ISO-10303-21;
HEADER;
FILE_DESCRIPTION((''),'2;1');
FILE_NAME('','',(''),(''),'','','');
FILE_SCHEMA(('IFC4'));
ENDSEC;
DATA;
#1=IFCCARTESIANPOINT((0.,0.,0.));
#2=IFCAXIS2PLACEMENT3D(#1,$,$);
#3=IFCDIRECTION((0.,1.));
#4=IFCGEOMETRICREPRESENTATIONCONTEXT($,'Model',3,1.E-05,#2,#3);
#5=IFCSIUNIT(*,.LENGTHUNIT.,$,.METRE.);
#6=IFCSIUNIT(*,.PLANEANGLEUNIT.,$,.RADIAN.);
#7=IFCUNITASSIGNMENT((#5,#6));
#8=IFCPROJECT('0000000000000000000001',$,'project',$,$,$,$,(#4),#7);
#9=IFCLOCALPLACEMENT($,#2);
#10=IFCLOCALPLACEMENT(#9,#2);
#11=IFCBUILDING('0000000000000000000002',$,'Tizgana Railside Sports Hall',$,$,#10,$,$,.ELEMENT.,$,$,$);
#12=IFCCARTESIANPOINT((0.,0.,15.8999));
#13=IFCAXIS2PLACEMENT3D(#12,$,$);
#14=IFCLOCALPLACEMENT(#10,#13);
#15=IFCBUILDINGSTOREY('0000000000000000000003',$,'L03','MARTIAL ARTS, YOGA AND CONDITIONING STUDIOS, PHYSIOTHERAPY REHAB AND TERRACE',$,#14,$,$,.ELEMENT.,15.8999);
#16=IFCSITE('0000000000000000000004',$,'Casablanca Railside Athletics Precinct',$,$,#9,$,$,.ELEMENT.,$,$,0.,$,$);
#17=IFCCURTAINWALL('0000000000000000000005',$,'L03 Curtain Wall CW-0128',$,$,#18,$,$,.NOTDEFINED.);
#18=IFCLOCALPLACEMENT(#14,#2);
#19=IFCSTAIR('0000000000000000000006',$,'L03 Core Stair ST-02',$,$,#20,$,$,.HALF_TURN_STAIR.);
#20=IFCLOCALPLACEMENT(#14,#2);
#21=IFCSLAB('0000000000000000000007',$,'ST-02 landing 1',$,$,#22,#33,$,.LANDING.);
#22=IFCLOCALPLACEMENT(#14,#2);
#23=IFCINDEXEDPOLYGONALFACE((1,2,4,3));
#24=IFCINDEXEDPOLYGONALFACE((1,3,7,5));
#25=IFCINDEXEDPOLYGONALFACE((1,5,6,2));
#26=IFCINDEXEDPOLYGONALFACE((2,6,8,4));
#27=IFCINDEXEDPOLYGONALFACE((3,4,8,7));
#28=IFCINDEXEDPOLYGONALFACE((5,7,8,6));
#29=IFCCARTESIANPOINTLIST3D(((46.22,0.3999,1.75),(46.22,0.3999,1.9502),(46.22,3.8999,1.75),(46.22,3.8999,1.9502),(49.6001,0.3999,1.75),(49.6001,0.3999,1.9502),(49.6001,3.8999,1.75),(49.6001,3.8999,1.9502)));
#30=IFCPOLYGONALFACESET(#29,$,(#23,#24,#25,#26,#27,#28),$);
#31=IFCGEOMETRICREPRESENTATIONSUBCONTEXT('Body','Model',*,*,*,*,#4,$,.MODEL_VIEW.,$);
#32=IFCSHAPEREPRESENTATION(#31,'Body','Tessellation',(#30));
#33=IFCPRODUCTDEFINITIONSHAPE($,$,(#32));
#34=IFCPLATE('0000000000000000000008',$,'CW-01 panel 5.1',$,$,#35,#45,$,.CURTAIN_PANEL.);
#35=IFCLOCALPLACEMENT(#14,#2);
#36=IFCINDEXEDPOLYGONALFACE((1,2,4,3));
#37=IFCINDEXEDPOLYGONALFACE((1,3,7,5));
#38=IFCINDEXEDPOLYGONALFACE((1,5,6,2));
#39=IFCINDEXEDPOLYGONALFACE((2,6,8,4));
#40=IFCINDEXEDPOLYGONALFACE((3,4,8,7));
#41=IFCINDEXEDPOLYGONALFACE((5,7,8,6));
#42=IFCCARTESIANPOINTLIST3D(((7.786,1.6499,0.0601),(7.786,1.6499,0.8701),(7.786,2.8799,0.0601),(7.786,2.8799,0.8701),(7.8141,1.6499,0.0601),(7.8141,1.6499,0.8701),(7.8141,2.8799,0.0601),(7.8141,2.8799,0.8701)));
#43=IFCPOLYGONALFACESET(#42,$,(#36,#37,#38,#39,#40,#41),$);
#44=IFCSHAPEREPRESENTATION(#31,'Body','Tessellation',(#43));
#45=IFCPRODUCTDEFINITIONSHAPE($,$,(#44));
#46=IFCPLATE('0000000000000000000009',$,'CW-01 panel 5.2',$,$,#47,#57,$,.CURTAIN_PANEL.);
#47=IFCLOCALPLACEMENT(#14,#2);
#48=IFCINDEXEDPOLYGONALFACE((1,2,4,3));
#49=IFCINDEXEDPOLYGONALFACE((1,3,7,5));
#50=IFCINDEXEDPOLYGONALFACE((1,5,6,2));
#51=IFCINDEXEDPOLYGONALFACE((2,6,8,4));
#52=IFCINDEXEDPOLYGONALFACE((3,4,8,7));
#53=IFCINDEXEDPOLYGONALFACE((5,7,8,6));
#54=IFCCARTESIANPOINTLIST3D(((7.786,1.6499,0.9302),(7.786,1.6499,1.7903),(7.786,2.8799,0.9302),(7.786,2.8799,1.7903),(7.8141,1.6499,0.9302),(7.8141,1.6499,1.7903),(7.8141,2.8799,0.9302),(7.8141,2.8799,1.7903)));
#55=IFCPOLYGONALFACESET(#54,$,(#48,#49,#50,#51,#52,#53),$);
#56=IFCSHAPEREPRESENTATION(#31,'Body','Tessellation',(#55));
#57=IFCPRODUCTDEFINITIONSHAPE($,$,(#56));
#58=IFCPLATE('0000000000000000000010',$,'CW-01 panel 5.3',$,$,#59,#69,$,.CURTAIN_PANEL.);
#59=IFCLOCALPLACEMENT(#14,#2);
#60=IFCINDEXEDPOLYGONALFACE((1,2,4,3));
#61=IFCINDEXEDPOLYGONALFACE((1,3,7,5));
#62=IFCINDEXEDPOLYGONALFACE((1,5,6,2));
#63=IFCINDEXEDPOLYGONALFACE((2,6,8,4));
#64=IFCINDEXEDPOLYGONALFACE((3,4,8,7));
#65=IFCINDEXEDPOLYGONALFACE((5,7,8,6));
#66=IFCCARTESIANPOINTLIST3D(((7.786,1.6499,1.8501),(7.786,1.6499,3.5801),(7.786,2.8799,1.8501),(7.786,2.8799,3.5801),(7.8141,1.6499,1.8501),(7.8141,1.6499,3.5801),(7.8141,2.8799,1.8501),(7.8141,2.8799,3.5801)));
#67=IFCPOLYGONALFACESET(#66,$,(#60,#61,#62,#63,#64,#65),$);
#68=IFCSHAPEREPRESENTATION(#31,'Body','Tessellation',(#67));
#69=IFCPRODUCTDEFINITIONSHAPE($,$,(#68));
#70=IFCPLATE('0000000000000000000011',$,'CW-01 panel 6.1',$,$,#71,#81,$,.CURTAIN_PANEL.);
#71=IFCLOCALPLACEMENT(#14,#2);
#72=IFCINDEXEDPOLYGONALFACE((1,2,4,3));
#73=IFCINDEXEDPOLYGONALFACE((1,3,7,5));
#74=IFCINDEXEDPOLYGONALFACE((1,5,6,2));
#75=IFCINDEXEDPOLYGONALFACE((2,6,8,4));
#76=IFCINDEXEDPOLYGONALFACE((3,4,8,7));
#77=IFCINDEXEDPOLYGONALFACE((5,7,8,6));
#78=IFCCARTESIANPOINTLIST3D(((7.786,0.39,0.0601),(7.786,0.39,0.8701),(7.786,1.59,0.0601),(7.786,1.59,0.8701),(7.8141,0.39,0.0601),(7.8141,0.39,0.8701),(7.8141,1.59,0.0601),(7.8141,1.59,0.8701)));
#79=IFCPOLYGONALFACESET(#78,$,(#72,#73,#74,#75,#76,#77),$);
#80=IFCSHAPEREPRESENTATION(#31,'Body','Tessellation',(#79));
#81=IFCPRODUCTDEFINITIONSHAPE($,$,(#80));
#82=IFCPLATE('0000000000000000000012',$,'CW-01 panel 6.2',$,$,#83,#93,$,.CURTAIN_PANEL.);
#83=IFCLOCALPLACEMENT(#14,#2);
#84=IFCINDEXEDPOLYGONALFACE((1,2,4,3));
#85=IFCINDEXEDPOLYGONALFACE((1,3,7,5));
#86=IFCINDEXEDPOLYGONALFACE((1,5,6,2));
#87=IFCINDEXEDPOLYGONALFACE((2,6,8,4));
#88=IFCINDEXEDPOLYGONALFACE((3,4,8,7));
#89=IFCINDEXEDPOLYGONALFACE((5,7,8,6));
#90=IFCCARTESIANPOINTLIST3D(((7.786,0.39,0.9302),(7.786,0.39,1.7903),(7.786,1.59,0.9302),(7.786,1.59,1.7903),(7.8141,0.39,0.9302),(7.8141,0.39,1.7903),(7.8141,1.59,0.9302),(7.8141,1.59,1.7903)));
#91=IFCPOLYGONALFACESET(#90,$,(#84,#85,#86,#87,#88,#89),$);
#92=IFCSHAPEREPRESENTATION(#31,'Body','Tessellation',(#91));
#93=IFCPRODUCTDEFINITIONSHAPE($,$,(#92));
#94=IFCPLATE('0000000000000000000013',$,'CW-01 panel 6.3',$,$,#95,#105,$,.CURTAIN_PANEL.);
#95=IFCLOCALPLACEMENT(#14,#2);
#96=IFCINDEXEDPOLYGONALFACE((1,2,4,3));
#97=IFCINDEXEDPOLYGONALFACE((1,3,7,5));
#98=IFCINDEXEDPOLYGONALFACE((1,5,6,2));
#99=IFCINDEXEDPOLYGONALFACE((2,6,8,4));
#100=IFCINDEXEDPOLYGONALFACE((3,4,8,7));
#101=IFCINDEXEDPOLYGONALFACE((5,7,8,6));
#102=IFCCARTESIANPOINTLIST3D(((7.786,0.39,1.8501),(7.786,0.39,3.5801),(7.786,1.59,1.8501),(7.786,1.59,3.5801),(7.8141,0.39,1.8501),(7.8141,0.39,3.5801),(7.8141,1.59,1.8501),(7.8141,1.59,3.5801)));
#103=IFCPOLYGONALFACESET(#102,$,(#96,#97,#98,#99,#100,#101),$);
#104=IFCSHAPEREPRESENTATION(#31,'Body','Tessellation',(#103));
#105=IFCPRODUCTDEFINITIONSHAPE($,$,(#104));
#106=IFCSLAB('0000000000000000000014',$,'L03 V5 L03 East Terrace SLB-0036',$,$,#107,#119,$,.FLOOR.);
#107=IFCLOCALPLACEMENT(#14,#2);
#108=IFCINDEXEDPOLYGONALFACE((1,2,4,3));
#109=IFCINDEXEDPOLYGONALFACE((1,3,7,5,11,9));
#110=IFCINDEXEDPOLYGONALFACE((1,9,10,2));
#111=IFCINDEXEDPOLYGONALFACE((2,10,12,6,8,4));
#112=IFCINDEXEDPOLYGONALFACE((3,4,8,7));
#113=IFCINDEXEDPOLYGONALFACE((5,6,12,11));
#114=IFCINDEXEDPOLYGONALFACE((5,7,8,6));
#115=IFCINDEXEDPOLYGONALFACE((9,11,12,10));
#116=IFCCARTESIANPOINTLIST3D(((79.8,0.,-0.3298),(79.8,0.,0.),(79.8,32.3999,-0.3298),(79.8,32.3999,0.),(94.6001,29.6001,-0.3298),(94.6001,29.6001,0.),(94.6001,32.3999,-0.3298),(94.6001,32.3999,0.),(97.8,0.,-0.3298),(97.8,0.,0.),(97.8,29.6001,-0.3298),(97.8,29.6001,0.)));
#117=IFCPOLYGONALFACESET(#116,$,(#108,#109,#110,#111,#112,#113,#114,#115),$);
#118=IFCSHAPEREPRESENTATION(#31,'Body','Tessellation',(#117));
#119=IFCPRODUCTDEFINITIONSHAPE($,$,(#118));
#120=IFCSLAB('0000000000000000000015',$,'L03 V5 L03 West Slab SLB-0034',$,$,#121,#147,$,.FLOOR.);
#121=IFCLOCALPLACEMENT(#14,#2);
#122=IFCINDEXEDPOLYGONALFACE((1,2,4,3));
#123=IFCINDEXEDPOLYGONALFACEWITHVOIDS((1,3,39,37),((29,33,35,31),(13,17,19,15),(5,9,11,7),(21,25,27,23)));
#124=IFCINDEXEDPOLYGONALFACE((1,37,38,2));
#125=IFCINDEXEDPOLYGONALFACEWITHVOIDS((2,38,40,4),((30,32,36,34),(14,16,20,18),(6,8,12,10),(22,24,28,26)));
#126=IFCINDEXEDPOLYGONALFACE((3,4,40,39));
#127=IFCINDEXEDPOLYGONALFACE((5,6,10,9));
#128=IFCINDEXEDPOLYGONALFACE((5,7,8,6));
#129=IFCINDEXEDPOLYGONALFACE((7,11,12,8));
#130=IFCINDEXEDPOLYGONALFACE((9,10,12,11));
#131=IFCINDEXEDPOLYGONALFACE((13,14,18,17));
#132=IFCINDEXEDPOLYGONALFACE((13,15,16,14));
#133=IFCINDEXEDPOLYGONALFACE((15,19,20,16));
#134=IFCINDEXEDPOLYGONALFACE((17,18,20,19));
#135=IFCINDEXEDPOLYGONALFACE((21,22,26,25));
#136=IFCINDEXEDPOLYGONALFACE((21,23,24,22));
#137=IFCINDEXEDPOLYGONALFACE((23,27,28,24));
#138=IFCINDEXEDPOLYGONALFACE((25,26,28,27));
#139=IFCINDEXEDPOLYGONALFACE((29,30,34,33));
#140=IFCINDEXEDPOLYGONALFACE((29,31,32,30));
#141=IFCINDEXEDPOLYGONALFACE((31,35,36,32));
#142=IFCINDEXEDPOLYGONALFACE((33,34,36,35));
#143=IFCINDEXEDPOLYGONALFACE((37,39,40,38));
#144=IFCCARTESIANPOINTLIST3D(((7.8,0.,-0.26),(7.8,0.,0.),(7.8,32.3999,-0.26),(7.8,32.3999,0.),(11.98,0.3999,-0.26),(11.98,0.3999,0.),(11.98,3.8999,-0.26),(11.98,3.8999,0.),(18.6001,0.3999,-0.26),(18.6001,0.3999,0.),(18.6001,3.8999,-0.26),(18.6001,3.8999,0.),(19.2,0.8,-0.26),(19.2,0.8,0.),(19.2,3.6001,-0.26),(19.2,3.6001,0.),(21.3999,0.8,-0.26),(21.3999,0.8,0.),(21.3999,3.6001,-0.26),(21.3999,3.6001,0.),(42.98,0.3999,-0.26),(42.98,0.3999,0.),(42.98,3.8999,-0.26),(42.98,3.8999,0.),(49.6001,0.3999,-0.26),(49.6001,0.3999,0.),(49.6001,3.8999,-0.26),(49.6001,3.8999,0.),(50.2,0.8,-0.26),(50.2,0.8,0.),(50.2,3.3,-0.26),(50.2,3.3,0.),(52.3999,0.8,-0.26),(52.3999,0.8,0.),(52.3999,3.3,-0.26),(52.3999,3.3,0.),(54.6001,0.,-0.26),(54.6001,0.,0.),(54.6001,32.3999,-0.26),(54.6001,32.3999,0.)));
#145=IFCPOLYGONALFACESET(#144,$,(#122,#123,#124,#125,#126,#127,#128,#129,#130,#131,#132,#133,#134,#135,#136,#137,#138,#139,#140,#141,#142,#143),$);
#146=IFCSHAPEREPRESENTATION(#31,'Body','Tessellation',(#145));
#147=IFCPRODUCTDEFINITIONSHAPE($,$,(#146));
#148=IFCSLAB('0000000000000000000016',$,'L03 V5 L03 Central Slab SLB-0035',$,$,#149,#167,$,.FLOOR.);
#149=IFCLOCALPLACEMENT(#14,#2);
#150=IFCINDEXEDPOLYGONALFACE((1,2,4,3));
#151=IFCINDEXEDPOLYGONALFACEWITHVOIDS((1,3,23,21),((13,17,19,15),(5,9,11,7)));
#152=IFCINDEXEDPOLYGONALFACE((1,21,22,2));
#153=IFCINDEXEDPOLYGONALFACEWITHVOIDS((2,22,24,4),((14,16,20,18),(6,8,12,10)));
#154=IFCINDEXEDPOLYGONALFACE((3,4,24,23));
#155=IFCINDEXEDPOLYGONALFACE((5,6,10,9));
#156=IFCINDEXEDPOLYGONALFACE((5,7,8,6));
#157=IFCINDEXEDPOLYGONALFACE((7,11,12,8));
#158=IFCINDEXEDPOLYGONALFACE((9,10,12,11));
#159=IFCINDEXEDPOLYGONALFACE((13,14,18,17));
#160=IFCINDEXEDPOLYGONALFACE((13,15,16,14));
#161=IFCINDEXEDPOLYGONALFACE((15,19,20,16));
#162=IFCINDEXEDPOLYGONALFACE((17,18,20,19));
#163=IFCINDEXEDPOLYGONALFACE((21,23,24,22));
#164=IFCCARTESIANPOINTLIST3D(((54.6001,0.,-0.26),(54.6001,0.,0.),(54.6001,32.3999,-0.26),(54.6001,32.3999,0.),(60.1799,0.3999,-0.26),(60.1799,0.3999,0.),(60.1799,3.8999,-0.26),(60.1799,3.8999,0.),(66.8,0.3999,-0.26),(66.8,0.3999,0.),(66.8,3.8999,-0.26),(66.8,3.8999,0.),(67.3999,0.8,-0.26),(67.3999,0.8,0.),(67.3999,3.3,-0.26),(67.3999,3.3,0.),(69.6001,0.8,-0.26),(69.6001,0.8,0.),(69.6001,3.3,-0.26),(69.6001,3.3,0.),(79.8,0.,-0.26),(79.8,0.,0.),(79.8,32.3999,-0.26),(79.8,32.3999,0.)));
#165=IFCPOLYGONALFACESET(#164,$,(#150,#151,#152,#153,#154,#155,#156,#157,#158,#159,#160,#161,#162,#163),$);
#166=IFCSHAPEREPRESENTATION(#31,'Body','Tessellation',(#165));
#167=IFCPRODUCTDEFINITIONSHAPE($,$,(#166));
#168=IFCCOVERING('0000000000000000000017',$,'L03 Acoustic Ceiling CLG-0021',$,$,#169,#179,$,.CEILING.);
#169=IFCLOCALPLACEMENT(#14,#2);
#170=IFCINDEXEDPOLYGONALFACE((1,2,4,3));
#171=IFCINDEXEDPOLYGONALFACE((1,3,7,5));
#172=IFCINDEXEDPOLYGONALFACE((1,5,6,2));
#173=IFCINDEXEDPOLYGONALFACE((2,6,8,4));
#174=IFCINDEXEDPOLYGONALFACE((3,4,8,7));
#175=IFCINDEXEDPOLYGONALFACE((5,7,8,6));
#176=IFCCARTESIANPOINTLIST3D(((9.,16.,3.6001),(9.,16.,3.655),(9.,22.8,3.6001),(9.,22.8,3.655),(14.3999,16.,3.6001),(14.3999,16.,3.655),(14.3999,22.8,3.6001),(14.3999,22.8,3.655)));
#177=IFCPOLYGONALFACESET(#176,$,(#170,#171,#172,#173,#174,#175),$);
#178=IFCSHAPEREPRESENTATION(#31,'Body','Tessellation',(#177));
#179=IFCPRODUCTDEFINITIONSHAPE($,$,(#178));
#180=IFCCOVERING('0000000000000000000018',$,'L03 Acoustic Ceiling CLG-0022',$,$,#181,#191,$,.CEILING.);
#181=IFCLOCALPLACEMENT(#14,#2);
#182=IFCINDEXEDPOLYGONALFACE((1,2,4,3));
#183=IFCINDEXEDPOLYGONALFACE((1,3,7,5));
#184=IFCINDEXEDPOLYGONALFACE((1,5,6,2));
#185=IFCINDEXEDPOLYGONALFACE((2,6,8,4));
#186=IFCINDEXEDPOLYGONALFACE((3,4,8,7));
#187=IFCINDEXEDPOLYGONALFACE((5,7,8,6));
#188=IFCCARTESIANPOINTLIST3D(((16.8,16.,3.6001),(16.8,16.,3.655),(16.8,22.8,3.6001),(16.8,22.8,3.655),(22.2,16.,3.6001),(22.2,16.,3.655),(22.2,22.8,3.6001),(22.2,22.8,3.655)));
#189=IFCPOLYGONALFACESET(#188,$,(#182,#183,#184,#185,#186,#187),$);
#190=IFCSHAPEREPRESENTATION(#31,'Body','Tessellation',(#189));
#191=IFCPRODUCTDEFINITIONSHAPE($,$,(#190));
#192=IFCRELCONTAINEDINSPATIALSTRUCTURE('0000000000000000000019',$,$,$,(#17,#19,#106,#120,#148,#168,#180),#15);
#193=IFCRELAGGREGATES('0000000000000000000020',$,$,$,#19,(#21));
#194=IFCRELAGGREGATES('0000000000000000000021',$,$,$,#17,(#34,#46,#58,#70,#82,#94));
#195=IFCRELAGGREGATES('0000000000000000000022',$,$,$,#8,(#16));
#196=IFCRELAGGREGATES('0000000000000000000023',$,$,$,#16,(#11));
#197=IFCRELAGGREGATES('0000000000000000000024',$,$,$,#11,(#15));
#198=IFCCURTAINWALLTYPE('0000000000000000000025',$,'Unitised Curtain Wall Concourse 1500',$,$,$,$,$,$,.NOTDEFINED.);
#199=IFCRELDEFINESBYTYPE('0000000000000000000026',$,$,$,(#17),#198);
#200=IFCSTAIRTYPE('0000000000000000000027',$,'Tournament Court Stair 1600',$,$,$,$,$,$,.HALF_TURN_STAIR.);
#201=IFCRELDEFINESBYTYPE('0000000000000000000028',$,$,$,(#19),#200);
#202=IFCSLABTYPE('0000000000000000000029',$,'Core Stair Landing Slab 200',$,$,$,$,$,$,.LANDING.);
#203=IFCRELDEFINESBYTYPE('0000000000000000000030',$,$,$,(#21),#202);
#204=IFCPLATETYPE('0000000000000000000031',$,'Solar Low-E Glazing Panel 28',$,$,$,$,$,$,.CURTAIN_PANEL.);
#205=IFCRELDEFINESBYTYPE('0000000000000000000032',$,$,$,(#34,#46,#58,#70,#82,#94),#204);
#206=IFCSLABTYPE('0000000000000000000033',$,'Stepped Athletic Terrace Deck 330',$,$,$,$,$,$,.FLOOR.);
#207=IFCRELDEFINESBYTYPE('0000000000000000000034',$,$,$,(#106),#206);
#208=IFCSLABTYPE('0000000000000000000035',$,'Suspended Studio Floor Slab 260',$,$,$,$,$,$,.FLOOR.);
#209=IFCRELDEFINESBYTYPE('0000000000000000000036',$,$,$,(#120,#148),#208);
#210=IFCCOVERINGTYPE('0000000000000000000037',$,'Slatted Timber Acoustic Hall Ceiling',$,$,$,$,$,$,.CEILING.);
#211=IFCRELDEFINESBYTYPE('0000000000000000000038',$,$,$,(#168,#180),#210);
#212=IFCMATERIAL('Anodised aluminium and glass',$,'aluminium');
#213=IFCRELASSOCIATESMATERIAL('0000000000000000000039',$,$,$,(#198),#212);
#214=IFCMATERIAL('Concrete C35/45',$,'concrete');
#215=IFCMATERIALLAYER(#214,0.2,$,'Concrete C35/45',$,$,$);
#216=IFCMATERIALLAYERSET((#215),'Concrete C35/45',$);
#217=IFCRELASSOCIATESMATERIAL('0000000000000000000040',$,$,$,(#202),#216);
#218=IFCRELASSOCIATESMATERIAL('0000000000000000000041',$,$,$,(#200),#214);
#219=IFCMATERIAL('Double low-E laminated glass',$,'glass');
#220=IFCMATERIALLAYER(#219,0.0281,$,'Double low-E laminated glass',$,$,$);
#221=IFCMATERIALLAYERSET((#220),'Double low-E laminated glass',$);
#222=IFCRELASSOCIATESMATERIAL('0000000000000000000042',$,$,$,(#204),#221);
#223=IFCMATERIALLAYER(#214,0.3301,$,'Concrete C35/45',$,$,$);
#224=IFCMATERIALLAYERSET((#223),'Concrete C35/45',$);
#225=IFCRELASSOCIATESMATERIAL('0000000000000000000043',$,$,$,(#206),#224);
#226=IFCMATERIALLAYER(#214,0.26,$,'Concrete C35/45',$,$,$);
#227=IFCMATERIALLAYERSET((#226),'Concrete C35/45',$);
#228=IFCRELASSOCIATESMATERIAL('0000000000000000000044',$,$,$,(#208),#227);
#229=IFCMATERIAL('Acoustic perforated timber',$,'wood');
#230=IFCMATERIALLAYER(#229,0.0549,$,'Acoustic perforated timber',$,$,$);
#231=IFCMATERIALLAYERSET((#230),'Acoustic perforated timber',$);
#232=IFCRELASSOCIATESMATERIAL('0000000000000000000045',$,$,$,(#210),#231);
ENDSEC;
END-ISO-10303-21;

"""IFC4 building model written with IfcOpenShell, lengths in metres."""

from ifc_helpers import new_model, si_unit, direction, frame, origin, origin_2d, place, context, subcontext, project, spatial, polyline, rectangle, outline, extrude, material, layer, layer_set, type_object, element, aggregate, save


model = new_model("IFC4")

# Units and contexts
model_context = context("Model", 3, precision=1e-05, world=origin(), true_north=direction((0.0, 1.0)))
body_context = subcontext(model_context, "Body", "Model", "MODEL_VIEW")
ifc_project = project(units=[si_unit("LENGTHUNIT", "METRE"), si_unit("PLANEANGLEUNIT", "RADIAN")], contexts=[model_context])

# Site, building, storey
site_placement = place(None, origin())
site = spatial("IfcSite", under=ifc_project, at=site_placement, Name="Casablanca Railside Athletics Precinct", CompositionType="ELEMENT", RefElevation=0.0)
building_placement = place(site_placement, origin())
building = spatial("IfcBuilding", under=site, at=building_placement, Name="Tizgana Railside Sports Hall", CompositionType="ELEMENT")
storey_placement = place(building_placement, frame((0.0, 0.0, 15.8999)))
storey = spatial("IfcBuildingStorey", under=building, at=storey_placement, Name="L03", Description="MARTIAL ARTS, YOGA AND CONDITIONING STUDIOS, PHYSIOTHERAPY REHAB AND TERRACE", CompositionType="ELEMENT", Elevation=15.8999)

# Curtain wall
ifc_material_1 = material(Name="Anodised aluminium and glass", Category="aluminium")
curtain_wall_type = type_object("IfcCurtainWallType", Name="Unitised Curtain Wall Concourse 1500", PredefinedType="NOTDEFINED", material=ifc_material_1)
curtain_wall_placement = place(storey_placement, origin())
curtain_wall = element("IfcCurtainWall", 1, at=curtain_wall_placement, inside=storey, type_object=curtain_wall_type, Name="L03 Curtain Wall CW-0128", PredefinedType="NOTDEFINED")

# Stair, slab
ifc_material_2 = material(Name="Concrete C35/45", Category="concrete")
ifc_layer_1 = layer(ifc_material_2, 0.2, Name="Concrete C35/45")
ifc_layer_set_1 = layer_set([ifc_layer_1], Name="Concrete C35/45")
slab_type_1 = type_object("IfcSlabType", Name="Core Stair Landing Slab 200", PredefinedType="LANDING", material=ifc_layer_set_1)
stair_type_1 = type_object("IfcStairType", Name="Tournament Court Stair 1600", PredefinedType="HALF_TURN_STAIR", material=ifc_material_2)
stair_1_placement = place(storey_placement, origin())
stair_1 = element("IfcStair", 2, at=stair_1_placement, inside=storey, type_object=stair_type_1, Name="L03 Core Stair ST-02", PredefinedType="HALF_TURN_STAIR")
slab_1_placement = place(storey_placement, frame((0.0, 0.0, 1.75)))
slab_1 = element("IfcSlab", 3, at=slab_1_placement, type_object=slab_type_1, Name="ST-02 landing 1", PredefinedType="LANDING", context=body_context, shape_type="SweptSolid", body=[
    extrude(outline(polyline([(46.22, 0.3999), (49.6001, 0.3999), (49.6001, 3.8999), (46.22, 3.8999), (46.22, 0.3999)])), origin(), (0.0, 0.0, 1.0), 0.2002),
])
aggregate(stair_1, [slab_1])

# Plates
ifc_material_3 = material(Name="Double low-E laminated glass", Category="glass")
ifc_layer_2 = layer(ifc_material_3, 0.0281, Name="Double low-E laminated glass")
ifc_layer_set_2 = layer_set([ifc_layer_2], Name="Double low-E laminated glass")
plate_type = type_object("IfcPlateType", Name="Solar Low-E Glazing Panel 28", PredefinedType="CURTAIN_PANEL", material=ifc_layer_set_2)
plate_1_placement = place(storey_placement, frame((7.8, 2.2649, 0.0601), z_axis=(0.0, 0.0, 1.0), x_axis=(0.0, -1.0, 0.0)))
plate_1 = element("IfcPlate", 4, at=plate_1_placement, type_object=plate_type, Name="CW-01 panel 5.1", PredefinedType="CURTAIN_PANEL", context=body_context, shape_type="SweptSolid", body=[
    extrude(rectangle(XDim=1.23, YDim=0.0281, at=origin_2d()), origin(), (0.0, 0.0, 1.0), 0.8101),
])
plate_2_placement = place(storey_placement, frame((7.8, 2.2649, 0.9302), z_axis=(0.0, 0.0, 1.0), x_axis=(0.0, -1.0, 0.0)))
plate_2 = element("IfcPlate", 5, at=plate_2_placement, type_object=plate_type, Name="CW-01 panel 5.2", PredefinedType="CURTAIN_PANEL", context=body_context, shape_type="SweptSolid", body=[
    extrude(rectangle(XDim=1.23, YDim=0.0281, at=origin_2d()), origin(), (0.0, 0.0, 1.0), 0.8601),
])
plate_3_placement = place(storey_placement, frame((7.8, 2.2649, 1.8501), z_axis=(0.0, 0.0, 1.0), x_axis=(0.0, -1.0, 0.0)))
plate_3 = element("IfcPlate", 6, at=plate_3_placement, type_object=plate_type, Name="CW-01 panel 5.3", PredefinedType="CURTAIN_PANEL", context=body_context, shape_type="SweptSolid", body=[
    extrude(rectangle(XDim=1.23, YDim=0.0281, at=origin_2d()), origin(), (0.0, 0.0, 1.0), 1.73),
])
plate_4_placement = place(storey_placement, frame((7.8, 0.99, 0.0601), z_axis=(0.0, 0.0, 1.0), x_axis=(0.0, -1.0, 0.0)))
plate_4 = element("IfcPlate", 7, at=plate_4_placement, type_object=plate_type, Name="CW-01 panel 6.1", PredefinedType="CURTAIN_PANEL", context=body_context, shape_type="SweptSolid", body=[
    extrude(rectangle(XDim=1.2, YDim=0.0281, at=origin_2d()), origin(), (0.0, 0.0, 1.0), 0.8101),
])
plate_5_placement = place(storey_placement, frame((7.8, 0.99, 0.9302), z_axis=(0.0, 0.0, 1.0), x_axis=(0.0, -1.0, 0.0)))
plate_5 = element("IfcPlate", 8, at=plate_5_placement, type_object=plate_type, Name="CW-01 panel 6.2", PredefinedType="CURTAIN_PANEL", context=body_context, shape_type="SweptSolid", body=[
    extrude(rectangle(XDim=1.2, YDim=0.0281, at=origin_2d()), origin(), (0.0, 0.0, 1.0), 0.8601),
])
plate_6_placement = place(storey_placement, frame((7.8, 0.99, 1.8501), z_axis=(0.0, 0.0, 1.0), x_axis=(0.0, -1.0, 0.0)))
plate_6 = element("IfcPlate", 9, at=plate_6_placement, type_object=plate_type, Name="CW-01 panel 6.3", PredefinedType="CURTAIN_PANEL", context=body_context, shape_type="SweptSolid", body=[
    extrude(rectangle(XDim=1.2, YDim=0.0281, at=origin_2d()), origin(), (0.0, 0.0, 1.0), 1.73),
])
aggregate(curtain_wall, [plate_1, plate_2, plate_3, plate_4, plate_5, plate_6])

# Slabs
ifc_layer_3 = layer(ifc_material_2, 0.3301, Name="Concrete C35/45")
ifc_layer_set_3 = layer_set([ifc_layer_3], Name="Concrete C35/45")
slab_type_2 = type_object("IfcSlabType", Name="Stepped Athletic Terrace Deck 330", PredefinedType="FLOOR", material=ifc_layer_set_3)
slab_2_placement = place(storey_placement, frame((0.0, 0.0, -0.3298)))
element("IfcSlab", 10, at=slab_2_placement, inside=storey, type_object=slab_type_2, Name="L03 V5 L03 East Terrace SLB-0036", PredefinedType="FLOOR", context=body_context, shape_type="SweptSolid", body=[
    extrude(outline(polyline([(79.8, 0.0), (97.8, 0.0), (97.8, 29.6001), (94.6001, 29.6001), (94.6001, 32.3999), (79.8, 32.3999), (79.8, 0.0)])), origin(), (0.0, 0.0, 1.0), 0.3298),
])
ifc_layer_4 = layer(ifc_material_2, 0.26, Name="Concrete C35/45")
ifc_layer_set_4 = layer_set([ifc_layer_4], Name="Concrete C35/45")
slab_type_3 = type_object("IfcSlabType", Name="Suspended Studio Floor Slab 260", PredefinedType="FLOOR", material=ifc_layer_set_4)
slab_3_placement = place(storey_placement, frame((0.0, 0.0, -0.26)))
element("IfcSlab", 11, at=slab_3_placement, inside=storey, type_object=slab_type_3, Name="L03 V5 L03 West Slab SLB-0034", PredefinedType="FLOOR", context=body_context, shape_type="SweptSolid", body=[
    extrude(outline(polyline([(7.8, 0.0), (54.6001, 0.0), (54.6001, 32.3999), (7.8, 32.3999), (7.8, 0.0)]), holes=[polyline([(11.98, 0.3999), (18.6001, 0.3999), (18.6001, 3.8999), (11.98, 3.8999), (11.98, 0.3999)]), polyline([(19.2, 0.8), (21.3999, 0.8), (21.3999, 3.6001), (19.2, 3.6001), (19.2, 0.8)]), polyline([(42.98, 0.3999), (49.6001, 0.3999), (49.6001, 3.8999), (42.98, 3.8999), (42.98, 0.3999)]), polyline([(50.2, 0.8), (52.3999, 0.8), (52.3999, 3.3), (50.2, 3.3), (50.2, 0.8)])]), origin(), (0.0, 0.0, 1.0), 0.26),
])
slab_4_placement = place(storey_placement, frame((0.0, 0.0, -0.26)))
element("IfcSlab", 12, at=slab_4_placement, inside=storey, type_object=slab_type_3, Name="L03 V5 L03 Central Slab SLB-0035", PredefinedType="FLOOR", context=body_context, shape_type="SweptSolid", body=[
    extrude(outline(polyline([(54.6001, 0.0), (79.8, 0.0), (79.8, 32.3999), (54.6001, 32.3999), (54.6001, 0.0)]), holes=[polyline([(60.1799, 0.3999), (66.8, 0.3999), (66.8, 3.8999), (60.1799, 3.8999), (60.1799, 0.3999)]), polyline([(67.3999, 0.8), (69.6001, 0.8), (69.6001, 3.3), (67.3999, 3.3), (67.3999, 0.8)])]), origin(), (0.0, 0.0, 1.0), 0.26),
])

# Coverings
ifc_material_4 = material(Name="Acoustic perforated timber", Category="wood")
ifc_layer_5 = layer(ifc_material_4, 0.0549, Name="Acoustic perforated timber")
ifc_layer_set_5 = layer_set([ifc_layer_5], Name="Acoustic perforated timber")
covering_type_1 = type_object("IfcCoveringType", Name="Slatted Timber Acoustic Hall Ceiling", PredefinedType="CEILING", material=ifc_layer_set_5)
covering_1_placement = place(storey_placement, frame((0.0, 0.0, 3.6001)))
element("IfcCovering", 13, at=covering_1_placement, inside=storey, type_object=covering_type_1, Name="L03 Acoustic Ceiling CLG-0021", PredefinedType="CEILING", context=body_context, shape_type="SweptSolid", body=[
    extrude(outline(polyline([(9.0, 16.0), (14.3999, 16.0), (14.3999, 22.8), (9.0, 22.8), (9.0, 16.0)])), origin(), (0.0, 0.0, 1.0), 0.0549),
])
covering_2_placement = place(storey_placement, frame((0.0, 0.0, 3.6001)))
element("IfcCovering", 14, at=covering_2_placement, inside=storey, type_object=covering_type_1, Name="L03 Acoustic Ceiling CLG-0022", PredefinedType="CEILING", context=body_context, shape_type="SweptSolid", body=[
    extrude(outline(polyline([(16.8, 16.0), (22.2, 16.0), (22.2, 22.8), (16.8, 22.8), (16.8, 16.0)])), origin(), (0.0, 0.0, 1.0), 0.0549),
])

save(model, "model.ifc")
